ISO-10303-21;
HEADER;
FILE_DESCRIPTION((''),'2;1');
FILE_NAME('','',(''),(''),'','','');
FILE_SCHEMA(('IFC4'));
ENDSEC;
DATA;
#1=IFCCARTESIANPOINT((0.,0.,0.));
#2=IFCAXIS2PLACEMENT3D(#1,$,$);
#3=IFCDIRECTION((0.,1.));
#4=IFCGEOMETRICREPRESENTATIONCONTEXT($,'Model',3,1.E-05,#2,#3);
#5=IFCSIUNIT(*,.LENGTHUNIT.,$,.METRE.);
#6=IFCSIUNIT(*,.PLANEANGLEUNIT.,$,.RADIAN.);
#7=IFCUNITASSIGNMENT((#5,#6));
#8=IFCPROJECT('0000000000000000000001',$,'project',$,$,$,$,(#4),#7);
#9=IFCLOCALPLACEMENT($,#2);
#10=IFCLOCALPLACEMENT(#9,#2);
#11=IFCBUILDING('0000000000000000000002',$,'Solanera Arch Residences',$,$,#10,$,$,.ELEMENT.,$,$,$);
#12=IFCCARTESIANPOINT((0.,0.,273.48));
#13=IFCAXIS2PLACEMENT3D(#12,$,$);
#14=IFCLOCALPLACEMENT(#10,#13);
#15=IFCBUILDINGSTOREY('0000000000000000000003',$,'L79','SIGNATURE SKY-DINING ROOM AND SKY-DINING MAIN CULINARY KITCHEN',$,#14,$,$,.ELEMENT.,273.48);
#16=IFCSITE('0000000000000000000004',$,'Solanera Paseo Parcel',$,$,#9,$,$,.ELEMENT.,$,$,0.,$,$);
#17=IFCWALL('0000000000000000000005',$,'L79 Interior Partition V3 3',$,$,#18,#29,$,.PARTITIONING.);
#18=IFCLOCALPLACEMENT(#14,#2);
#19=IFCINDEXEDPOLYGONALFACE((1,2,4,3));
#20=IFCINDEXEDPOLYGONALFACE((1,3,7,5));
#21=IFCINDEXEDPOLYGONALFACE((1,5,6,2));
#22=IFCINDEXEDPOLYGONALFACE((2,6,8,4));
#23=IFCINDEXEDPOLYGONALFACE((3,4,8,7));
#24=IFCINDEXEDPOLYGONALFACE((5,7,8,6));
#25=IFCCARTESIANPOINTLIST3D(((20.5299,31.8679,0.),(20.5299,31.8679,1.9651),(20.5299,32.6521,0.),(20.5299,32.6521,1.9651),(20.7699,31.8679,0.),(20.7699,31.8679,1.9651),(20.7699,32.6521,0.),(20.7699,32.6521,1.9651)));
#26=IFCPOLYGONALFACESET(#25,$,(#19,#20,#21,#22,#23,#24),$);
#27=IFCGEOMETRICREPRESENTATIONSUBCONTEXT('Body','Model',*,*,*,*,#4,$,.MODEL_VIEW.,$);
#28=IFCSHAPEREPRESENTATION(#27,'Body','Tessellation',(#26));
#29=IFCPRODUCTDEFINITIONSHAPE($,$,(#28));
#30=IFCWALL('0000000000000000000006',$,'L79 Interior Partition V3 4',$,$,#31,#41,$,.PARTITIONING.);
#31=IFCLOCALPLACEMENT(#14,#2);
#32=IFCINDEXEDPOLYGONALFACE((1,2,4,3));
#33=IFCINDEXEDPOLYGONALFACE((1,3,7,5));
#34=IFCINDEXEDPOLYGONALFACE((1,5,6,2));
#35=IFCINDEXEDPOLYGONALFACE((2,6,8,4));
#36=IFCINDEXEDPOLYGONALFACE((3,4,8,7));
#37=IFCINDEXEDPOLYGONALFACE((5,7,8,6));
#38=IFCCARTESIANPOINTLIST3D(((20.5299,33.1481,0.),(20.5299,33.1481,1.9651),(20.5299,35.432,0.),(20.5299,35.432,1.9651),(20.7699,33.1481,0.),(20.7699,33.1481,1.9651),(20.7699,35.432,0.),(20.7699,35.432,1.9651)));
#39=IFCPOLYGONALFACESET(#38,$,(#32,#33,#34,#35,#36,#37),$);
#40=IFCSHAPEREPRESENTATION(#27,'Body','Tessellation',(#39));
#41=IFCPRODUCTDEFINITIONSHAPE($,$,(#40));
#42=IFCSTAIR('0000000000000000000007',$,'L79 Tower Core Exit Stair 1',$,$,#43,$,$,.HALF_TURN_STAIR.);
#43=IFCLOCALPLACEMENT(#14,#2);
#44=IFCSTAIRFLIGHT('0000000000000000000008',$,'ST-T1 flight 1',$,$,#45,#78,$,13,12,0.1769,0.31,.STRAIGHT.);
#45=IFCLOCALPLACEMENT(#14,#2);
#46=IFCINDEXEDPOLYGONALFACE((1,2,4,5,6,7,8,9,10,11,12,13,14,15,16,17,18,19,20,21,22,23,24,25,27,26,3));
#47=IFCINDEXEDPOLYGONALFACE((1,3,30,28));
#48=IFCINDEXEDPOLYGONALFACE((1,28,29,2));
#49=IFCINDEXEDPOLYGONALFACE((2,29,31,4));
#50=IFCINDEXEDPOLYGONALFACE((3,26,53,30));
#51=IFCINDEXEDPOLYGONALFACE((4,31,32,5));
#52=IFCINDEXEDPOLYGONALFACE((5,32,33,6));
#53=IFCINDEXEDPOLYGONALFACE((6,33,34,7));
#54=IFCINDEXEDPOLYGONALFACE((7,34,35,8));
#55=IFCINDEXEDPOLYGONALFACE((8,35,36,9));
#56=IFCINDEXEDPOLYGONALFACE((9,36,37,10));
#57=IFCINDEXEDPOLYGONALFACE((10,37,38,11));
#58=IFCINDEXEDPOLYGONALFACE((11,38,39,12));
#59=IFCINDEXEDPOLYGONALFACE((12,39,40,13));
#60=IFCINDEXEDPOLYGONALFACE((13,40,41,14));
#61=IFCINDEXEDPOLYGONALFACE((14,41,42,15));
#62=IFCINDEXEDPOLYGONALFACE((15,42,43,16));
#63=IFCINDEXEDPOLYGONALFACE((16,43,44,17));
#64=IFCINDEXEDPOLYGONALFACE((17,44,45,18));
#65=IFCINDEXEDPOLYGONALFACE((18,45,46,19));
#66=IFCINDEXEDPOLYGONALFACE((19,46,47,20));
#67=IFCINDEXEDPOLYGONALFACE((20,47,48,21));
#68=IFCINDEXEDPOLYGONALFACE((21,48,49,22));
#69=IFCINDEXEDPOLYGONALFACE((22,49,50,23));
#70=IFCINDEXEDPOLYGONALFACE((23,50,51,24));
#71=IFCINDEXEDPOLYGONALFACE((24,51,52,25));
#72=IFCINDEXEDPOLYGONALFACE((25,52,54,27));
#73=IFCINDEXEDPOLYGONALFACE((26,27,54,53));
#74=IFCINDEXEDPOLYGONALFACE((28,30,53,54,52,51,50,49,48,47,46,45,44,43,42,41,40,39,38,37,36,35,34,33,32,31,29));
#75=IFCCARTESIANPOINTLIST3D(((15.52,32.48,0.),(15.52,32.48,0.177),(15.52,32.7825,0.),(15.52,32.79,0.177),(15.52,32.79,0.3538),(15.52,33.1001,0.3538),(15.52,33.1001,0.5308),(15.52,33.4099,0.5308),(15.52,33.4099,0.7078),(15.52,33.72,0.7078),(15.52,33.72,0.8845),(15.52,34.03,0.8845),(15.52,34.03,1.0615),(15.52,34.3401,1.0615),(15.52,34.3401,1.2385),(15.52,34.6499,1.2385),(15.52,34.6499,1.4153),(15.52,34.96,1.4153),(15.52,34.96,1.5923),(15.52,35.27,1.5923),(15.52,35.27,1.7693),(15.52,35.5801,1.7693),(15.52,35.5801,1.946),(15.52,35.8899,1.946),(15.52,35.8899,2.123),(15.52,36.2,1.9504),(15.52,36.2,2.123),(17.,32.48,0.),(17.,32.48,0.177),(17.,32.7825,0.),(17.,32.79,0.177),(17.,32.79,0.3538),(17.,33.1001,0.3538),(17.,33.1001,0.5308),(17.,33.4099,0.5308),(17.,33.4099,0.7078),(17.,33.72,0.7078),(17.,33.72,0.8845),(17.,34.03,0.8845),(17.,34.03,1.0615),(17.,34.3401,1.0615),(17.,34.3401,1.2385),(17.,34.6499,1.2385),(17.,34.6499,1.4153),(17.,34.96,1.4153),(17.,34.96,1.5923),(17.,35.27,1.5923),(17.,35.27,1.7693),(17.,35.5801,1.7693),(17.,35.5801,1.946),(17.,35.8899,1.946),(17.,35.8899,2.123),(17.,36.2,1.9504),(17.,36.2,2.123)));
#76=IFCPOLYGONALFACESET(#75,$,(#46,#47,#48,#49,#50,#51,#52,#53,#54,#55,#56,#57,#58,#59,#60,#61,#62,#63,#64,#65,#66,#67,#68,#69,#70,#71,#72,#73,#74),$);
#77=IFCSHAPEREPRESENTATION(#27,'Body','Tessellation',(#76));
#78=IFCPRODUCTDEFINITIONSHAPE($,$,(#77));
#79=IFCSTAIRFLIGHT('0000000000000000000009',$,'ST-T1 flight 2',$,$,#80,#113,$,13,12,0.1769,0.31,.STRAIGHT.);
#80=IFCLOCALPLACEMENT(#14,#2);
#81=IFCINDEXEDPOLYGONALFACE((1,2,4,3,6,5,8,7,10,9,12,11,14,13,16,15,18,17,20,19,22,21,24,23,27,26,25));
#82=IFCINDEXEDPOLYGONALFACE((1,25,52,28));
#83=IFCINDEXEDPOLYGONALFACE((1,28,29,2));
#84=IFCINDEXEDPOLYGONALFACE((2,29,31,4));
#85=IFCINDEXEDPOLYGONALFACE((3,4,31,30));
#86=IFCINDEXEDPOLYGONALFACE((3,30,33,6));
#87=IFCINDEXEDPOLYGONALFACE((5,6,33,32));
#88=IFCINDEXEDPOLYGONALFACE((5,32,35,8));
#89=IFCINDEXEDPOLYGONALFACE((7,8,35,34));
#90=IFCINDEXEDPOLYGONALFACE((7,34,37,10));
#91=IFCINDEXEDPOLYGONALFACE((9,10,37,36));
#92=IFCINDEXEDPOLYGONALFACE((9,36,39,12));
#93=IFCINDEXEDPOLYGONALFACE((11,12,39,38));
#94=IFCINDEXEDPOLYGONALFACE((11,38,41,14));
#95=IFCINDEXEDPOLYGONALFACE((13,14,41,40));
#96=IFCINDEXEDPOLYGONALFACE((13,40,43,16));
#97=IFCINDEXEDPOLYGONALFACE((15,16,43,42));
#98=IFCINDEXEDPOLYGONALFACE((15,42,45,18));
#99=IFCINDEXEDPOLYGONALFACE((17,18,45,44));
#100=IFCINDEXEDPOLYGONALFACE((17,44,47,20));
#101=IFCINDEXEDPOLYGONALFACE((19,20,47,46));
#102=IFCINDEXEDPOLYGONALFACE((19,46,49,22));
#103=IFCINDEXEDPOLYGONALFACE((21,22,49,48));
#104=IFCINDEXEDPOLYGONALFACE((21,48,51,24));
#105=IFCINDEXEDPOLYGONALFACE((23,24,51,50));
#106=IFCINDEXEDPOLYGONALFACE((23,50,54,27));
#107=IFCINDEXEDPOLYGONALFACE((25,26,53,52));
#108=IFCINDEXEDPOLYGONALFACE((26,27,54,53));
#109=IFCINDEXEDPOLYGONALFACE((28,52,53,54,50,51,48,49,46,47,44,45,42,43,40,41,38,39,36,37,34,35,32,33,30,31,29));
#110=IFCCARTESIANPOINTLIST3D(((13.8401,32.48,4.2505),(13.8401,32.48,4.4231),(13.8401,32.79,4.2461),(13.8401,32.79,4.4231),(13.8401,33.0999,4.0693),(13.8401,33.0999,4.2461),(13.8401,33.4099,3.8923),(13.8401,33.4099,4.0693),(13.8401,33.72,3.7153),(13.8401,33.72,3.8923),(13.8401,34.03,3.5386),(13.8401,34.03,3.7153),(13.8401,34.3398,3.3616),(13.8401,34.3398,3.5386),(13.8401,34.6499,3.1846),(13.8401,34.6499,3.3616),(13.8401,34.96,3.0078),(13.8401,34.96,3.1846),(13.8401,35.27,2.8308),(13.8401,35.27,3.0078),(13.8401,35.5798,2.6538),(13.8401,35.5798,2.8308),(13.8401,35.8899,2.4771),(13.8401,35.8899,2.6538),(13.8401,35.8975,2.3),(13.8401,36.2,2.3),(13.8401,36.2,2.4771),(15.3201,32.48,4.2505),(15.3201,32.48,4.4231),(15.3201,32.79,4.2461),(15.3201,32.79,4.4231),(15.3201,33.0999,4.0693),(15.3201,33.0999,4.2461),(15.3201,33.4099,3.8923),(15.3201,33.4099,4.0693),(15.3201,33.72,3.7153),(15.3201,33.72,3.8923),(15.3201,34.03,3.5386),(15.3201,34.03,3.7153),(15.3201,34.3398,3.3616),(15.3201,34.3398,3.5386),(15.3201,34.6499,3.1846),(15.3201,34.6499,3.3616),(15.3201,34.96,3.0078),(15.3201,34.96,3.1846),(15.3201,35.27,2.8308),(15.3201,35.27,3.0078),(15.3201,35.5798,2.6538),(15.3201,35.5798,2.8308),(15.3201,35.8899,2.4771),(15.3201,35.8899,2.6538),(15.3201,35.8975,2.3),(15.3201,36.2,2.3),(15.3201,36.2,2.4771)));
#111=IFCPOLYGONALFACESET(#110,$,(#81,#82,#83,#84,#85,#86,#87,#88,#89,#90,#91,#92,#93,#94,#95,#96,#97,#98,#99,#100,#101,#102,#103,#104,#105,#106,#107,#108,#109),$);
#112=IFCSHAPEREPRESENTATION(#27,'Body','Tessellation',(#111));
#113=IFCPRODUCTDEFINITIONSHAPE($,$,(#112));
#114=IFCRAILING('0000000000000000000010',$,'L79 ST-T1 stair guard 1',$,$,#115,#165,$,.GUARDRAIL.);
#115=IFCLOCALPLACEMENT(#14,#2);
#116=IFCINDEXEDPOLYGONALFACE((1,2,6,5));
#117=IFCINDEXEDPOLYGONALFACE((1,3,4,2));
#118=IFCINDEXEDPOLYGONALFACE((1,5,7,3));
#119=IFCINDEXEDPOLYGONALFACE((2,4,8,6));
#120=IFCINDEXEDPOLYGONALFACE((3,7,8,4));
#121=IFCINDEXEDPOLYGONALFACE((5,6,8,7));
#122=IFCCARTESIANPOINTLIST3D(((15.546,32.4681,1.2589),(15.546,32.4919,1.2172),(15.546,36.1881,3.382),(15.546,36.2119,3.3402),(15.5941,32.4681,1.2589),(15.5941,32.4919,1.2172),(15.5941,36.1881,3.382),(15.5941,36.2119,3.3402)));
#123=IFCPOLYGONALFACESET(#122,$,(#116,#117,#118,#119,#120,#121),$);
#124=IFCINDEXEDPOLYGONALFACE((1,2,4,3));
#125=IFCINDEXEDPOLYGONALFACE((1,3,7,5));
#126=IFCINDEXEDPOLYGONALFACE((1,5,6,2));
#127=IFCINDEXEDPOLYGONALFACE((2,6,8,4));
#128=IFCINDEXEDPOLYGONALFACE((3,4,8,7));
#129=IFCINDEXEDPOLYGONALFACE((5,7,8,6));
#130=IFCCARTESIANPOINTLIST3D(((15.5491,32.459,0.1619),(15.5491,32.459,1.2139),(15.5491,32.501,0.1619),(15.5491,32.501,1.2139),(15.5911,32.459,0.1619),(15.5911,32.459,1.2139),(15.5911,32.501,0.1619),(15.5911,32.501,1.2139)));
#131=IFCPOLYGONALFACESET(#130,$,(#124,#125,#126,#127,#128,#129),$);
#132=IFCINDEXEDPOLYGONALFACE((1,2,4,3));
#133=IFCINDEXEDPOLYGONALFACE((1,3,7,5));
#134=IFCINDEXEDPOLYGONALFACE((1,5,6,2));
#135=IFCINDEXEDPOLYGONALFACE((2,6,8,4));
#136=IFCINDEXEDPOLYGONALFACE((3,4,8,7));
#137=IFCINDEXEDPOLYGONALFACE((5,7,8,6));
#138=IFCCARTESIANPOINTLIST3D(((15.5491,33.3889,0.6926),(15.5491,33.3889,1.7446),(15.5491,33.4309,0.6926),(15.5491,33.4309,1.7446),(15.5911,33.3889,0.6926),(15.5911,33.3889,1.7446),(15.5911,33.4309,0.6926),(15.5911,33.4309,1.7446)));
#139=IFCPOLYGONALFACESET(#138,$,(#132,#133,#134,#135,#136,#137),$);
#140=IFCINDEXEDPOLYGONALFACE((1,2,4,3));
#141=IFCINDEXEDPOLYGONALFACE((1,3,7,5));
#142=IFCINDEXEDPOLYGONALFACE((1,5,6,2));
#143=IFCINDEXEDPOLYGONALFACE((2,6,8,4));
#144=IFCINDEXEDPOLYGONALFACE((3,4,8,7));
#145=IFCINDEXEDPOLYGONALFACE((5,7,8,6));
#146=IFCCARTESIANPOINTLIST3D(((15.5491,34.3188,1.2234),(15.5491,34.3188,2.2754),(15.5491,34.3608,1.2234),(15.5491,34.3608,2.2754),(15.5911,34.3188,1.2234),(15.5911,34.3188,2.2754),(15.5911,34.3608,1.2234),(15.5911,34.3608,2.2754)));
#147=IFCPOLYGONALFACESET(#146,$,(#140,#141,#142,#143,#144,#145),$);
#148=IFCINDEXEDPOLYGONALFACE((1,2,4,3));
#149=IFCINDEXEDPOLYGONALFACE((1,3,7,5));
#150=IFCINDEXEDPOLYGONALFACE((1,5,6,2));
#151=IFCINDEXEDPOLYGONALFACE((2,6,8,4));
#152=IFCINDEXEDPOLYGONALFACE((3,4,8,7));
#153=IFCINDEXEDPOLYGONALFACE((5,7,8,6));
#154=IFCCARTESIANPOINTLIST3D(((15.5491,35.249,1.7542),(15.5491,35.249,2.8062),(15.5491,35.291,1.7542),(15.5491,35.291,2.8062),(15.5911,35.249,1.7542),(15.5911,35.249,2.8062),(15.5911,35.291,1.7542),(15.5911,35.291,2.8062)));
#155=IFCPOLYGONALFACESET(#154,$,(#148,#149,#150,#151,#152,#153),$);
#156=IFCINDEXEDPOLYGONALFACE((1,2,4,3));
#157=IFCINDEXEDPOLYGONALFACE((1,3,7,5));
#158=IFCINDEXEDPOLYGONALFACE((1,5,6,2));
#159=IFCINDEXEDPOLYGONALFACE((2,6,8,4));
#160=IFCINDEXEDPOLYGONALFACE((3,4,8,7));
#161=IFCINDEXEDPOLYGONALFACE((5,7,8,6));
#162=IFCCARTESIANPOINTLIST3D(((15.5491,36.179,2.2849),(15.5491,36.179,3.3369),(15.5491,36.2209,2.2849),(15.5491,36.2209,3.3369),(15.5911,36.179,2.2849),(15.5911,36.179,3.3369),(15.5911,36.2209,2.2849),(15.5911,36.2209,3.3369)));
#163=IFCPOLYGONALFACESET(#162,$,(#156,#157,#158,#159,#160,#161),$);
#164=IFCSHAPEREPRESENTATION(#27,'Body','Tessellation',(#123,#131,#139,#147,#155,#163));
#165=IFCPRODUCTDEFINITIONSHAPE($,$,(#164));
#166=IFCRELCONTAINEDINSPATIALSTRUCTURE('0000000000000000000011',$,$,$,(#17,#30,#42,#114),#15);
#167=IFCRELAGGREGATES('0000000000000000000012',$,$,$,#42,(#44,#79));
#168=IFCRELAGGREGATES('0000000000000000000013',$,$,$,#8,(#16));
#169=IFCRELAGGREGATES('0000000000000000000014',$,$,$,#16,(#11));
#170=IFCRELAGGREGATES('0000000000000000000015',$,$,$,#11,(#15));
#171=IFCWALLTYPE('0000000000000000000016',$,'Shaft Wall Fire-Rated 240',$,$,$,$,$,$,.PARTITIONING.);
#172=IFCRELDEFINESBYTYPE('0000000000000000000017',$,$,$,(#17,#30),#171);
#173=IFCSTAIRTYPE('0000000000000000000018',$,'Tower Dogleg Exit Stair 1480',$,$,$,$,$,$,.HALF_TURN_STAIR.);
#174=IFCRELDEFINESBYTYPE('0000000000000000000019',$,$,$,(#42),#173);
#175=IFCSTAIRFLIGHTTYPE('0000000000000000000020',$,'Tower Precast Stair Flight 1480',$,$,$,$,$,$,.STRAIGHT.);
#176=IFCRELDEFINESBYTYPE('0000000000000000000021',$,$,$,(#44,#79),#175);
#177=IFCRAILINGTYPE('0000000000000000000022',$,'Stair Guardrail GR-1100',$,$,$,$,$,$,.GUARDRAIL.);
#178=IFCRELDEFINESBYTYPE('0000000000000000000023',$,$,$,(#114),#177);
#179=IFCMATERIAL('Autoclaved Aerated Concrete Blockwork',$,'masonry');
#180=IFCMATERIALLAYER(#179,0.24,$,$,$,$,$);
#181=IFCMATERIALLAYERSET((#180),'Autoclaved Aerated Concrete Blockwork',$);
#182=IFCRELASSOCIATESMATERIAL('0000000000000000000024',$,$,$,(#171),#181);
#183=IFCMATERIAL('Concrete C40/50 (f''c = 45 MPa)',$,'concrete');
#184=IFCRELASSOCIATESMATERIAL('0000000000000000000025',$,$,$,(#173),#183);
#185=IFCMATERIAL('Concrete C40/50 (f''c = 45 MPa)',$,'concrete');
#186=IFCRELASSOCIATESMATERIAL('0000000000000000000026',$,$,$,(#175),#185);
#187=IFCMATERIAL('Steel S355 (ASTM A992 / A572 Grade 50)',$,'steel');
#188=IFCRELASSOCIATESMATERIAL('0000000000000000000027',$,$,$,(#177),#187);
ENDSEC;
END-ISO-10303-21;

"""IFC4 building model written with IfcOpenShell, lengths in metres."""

from ifc_helpers import new_model, si_unit, direction, frame, frame_2d, origin, origin_2d, place, context, subcontext, project, spatial, polyline, rectangle, outline, extrude, material, layer, layer_set, type_object, element, aggregate, save


model = new_model("IFC4")

# Units and contexts
model_context = context("Model", 3, precision=1e-05, world=origin(), true_north=direction((0.0, 1.0)))
body_context = subcontext(model_context, "Body", "Model", "MODEL_VIEW")
ifc_project = project(units=[si_unit("LENGTHUNIT", "METRE"), si_unit("PLANEANGLEUNIT", "RADIAN")], contexts=[model_context])

# Site, building, storey
site_placement = place(None, origin())
site = spatial("IfcSite", under=ifc_project, at=site_placement, Name="Solanera Paseo Parcel", CompositionType="ELEMENT", RefElevation=0.0)
building_placement = place(site_placement, origin())
building = spatial("IfcBuilding", under=site, at=building_placement, Name="Solanera Arch Residences", CompositionType="ELEMENT")
storey_placement = place(building_placement, frame((0.0, 0.0, 273.48)))
storey = spatial("IfcBuildingStorey", under=building, at=storey_placement, Name="L79", Description="SIGNATURE SKY-DINING ROOM AND SKY-DINING MAIN CULINARY KITCHEN", CompositionType="ELEMENT", Elevation=273.48)

# Shared definitions
ifc_material_1 = material(Name="Autoclaved Aerated Concrete Blockwork", Category="masonry")
ifc_layer_1 = layer(ifc_material_1, 0.24)
ifc_layer_set_1 = layer_set([ifc_layer_1], Name="Autoclaved Aerated Concrete Blockwork")
wall_type_1 = type_object("IfcWallType", Name="Shaft Wall Fire-Rated 240", PredefinedType="PARTITIONING", material=ifc_layer_set_1)

# Walls
wall_1_placement = place(storey_placement, frame((20.6499, 31.8679, 0.0), z_axis=(0.0, 0.0, 1.0), x_axis=(0.0, 1.0, 0.0)))
element("IfcWall", 1, at=wall_1_placement, inside=storey, type_object=wall_type_1, Name="L79 Interior Partition V3 3", PredefinedType="PARTITIONING", context=body_context, shape_type="SweptSolid", body=[
    extrude(rectangle(XDim=0.7842, YDim=0.24, at=frame_2d((0.3921, 0.0))), origin(), (0.0, 0.0, 1.0), 1.9651),
])
wall_2_placement = place(storey_placement, frame((20.6499, 33.1479, 0.0), z_axis=(0.0, 0.0, 1.0), x_axis=(0.0, 1.0, 0.0)))
element("IfcWall", 2, at=wall_2_placement, inside=storey, type_object=wall_type_1, Name="L79 Interior Partition V3 4", PredefinedType="PARTITIONING", context=body_context, shape_type="SweptSolid", body=[
    extrude(rectangle(XDim=2.2839, YDim=0.24, at=frame_2d((1.1421, 0.0))), origin(), (0.0, 0.0, 1.0), 1.9651),
])

# Stair, stair flights
ifc_material_2 = material(Name="Concrete C40/50 (f'c = 45 MPa)", Category="concrete")
stair_type = type_object("IfcStairType", Name="Tower Dogleg Exit Stair 1480", PredefinedType="HALF_TURN_STAIR", material=ifc_material_2)
stair_placement = place(storey_placement, origin())
stair = element("IfcStair", 3, at=stair_placement, inside=storey, type_object=stair_type, Name="L79 Tower Core Exit Stair 1", PredefinedType="HALF_TURN_STAIR")
ifc_material_3 = material(Name="Concrete C40/50 (f'c = 45 MPa)", Category="concrete")
stair_flight_type = type_object("IfcStairFlightType", Name="Tower Precast Stair Flight 1480", PredefinedType="STRAIGHT", material=ifc_material_3)
stair_flight_1_placement = place(storey_placement, frame((16.26, 32.48, 0.0), z_axis=(0.0, 0.0, 1.0), x_axis=(0.0, 1.0, 0.0)))
stair_flight_1 = element("IfcStairFlight", 4, at=stair_flight_1_placement, type_object=stair_flight_type, Name="ST-T1 flight 1", NumberOfRisers=13, NumberOfTreads=12, PredefinedType="STRAIGHT", RiserHeight=0.1769, TreadLength=0.31, context=body_context, shape_type="SweptSolid", body=[
    extrude(outline(polyline([(0.0, 0.0), (0.0, 0.177), (0.3101, 0.177), (0.3101, 0.3538), (0.6201, 0.3538), (0.6201, 0.5308), (0.9299, 0.5308), (0.9299, 0.7078), (1.24, 0.7078), (1.24, 0.8845), (1.55, 0.8845), (1.55, 1.0615), (1.8601, 1.0615), (1.8601, 1.2385), (2.1699, 1.2385), (2.1699, 1.4153), (2.48, 1.4153), (2.48, 1.5923), (2.79, 1.5923), (2.79, 1.7693), (3.1001, 1.7693), (3.1001, 1.946), (3.4099, 1.946), (3.4099, 2.123), (3.72, 2.123), (3.72, 2.3), (3.72, 1.9504), (0.3025, 0.0), (0.0, 0.0)])), frame((0.0, 0.74, 0.0), z_axis=(0.0, -1.0, 0.0), x_axis=(1.0, 0.0, 0.0)), (0.0, 0.0, 1.0), 1.48),
])
stair_flight_2_placement = place(storey_placement, frame((14.5801, 36.2, 2.3), z_axis=(0.0, 0.0, 1.0), x_axis=(0.0, -1.0, 0.0)))
stair_flight_2 = element("IfcStairFlight", 5, at=stair_flight_2_placement, type_object=stair_flight_type, Name="ST-T1 flight 2", NumberOfRisers=13, NumberOfTreads=12, PredefinedType="STRAIGHT", RiserHeight=0.1769, TreadLength=0.31, context=body_context, shape_type="SweptSolid", body=[
    extrude(outline(polyline([(0.0, 0.0), (0.0, 0.177), (0.3101, 0.177), (0.3101, 0.3538), (0.6201, 0.3538), (0.6201, 0.5308), (0.9299, 0.5308), (0.9299, 0.7078), (1.24, 0.7078), (1.24, 0.8845), (1.55, 0.8845), (1.55, 1.0615), (1.8601, 1.0615), (1.8601, 1.2385), (2.1699, 1.2385), (2.1699, 1.4153), (2.48, 1.4153), (2.48, 1.5923), (2.79, 1.5923), (2.79, 1.7693), (3.1001, 1.7693), (3.1001, 1.946), (3.4099, 1.946), (3.4099, 2.123), (3.72, 2.123), (3.72, 2.3), (3.72, 1.9504), (0.3025, 0.0), (0.0, 0.0)])), frame((0.0, 0.74, 0.0), z_axis=(0.0, -1.0, 0.0), x_axis=(1.0, 0.0, 0.0)), (0.0, 0.0, 1.0), 1.48),
])
aggregate(stair, [stair_flight_1, stair_flight_2])

# Railing
ifc_material_4 = material(Name="Steel S355 (ASTM A992 / A572 Grade 50)", Category="steel")
railing_type_1 = type_object("IfcRailingType", Name="Stair Guardrail GR-1100", PredefinedType="GUARDRAIL", material=ifc_material_4)
railing_1_placement = place(storey_placement, frame((15.5701, 32.48, 0.1619)))
element("IfcRailing", 6, at=railing_1_placement, inside=storey, type_object=railing_type_1, Name="L79 ST-T1 stair guard 1", PredefinedType="GUARDRAIL", context=body_context, shape_type="SweptSolid", body=[
    extrude(rectangle(XDim=0.0481, YDim=0.0481, at=origin_2d()), frame((0.0, 0.0, 1.0762), z_axis=(0.0, 0.86851, 0.495672), x_axis=(-1.0, 0.0, 0.0)), (0.0, 0.0, 1.0), 4.2832),
    extrude(rectangle(XDim=0.042, YDim=0.042, at=origin_2d()), origin(), (0.0, 0.0, 1.0), 1.052),
    extrude(rectangle(XDim=0.042, YDim=0.042, at=origin_2d()), frame((0.0, 0.9299, 0.5308)), (0.0, 0.0, 1.0), 1.052),
    extrude(rectangle(XDim=0.042, YDim=0.042, at=origin_2d()), frame((0.0, 1.8599, 1.0615)), (0.0, 0.0, 1.0), 1.052),
    extrude(rectangle(XDim=0.042, YDim=0.042, at=origin_2d()), frame((0.0, 2.79, 1.5923)), (0.0, 0.0, 1.0), 1.052),
    extrude(rectangle(XDim=0.042, YDim=0.042, at=origin_2d()), frame((0.0, 3.72, 2.123)), (0.0, 0.0, 1.0), 1.052),
])

save(model, "model.ifc")
